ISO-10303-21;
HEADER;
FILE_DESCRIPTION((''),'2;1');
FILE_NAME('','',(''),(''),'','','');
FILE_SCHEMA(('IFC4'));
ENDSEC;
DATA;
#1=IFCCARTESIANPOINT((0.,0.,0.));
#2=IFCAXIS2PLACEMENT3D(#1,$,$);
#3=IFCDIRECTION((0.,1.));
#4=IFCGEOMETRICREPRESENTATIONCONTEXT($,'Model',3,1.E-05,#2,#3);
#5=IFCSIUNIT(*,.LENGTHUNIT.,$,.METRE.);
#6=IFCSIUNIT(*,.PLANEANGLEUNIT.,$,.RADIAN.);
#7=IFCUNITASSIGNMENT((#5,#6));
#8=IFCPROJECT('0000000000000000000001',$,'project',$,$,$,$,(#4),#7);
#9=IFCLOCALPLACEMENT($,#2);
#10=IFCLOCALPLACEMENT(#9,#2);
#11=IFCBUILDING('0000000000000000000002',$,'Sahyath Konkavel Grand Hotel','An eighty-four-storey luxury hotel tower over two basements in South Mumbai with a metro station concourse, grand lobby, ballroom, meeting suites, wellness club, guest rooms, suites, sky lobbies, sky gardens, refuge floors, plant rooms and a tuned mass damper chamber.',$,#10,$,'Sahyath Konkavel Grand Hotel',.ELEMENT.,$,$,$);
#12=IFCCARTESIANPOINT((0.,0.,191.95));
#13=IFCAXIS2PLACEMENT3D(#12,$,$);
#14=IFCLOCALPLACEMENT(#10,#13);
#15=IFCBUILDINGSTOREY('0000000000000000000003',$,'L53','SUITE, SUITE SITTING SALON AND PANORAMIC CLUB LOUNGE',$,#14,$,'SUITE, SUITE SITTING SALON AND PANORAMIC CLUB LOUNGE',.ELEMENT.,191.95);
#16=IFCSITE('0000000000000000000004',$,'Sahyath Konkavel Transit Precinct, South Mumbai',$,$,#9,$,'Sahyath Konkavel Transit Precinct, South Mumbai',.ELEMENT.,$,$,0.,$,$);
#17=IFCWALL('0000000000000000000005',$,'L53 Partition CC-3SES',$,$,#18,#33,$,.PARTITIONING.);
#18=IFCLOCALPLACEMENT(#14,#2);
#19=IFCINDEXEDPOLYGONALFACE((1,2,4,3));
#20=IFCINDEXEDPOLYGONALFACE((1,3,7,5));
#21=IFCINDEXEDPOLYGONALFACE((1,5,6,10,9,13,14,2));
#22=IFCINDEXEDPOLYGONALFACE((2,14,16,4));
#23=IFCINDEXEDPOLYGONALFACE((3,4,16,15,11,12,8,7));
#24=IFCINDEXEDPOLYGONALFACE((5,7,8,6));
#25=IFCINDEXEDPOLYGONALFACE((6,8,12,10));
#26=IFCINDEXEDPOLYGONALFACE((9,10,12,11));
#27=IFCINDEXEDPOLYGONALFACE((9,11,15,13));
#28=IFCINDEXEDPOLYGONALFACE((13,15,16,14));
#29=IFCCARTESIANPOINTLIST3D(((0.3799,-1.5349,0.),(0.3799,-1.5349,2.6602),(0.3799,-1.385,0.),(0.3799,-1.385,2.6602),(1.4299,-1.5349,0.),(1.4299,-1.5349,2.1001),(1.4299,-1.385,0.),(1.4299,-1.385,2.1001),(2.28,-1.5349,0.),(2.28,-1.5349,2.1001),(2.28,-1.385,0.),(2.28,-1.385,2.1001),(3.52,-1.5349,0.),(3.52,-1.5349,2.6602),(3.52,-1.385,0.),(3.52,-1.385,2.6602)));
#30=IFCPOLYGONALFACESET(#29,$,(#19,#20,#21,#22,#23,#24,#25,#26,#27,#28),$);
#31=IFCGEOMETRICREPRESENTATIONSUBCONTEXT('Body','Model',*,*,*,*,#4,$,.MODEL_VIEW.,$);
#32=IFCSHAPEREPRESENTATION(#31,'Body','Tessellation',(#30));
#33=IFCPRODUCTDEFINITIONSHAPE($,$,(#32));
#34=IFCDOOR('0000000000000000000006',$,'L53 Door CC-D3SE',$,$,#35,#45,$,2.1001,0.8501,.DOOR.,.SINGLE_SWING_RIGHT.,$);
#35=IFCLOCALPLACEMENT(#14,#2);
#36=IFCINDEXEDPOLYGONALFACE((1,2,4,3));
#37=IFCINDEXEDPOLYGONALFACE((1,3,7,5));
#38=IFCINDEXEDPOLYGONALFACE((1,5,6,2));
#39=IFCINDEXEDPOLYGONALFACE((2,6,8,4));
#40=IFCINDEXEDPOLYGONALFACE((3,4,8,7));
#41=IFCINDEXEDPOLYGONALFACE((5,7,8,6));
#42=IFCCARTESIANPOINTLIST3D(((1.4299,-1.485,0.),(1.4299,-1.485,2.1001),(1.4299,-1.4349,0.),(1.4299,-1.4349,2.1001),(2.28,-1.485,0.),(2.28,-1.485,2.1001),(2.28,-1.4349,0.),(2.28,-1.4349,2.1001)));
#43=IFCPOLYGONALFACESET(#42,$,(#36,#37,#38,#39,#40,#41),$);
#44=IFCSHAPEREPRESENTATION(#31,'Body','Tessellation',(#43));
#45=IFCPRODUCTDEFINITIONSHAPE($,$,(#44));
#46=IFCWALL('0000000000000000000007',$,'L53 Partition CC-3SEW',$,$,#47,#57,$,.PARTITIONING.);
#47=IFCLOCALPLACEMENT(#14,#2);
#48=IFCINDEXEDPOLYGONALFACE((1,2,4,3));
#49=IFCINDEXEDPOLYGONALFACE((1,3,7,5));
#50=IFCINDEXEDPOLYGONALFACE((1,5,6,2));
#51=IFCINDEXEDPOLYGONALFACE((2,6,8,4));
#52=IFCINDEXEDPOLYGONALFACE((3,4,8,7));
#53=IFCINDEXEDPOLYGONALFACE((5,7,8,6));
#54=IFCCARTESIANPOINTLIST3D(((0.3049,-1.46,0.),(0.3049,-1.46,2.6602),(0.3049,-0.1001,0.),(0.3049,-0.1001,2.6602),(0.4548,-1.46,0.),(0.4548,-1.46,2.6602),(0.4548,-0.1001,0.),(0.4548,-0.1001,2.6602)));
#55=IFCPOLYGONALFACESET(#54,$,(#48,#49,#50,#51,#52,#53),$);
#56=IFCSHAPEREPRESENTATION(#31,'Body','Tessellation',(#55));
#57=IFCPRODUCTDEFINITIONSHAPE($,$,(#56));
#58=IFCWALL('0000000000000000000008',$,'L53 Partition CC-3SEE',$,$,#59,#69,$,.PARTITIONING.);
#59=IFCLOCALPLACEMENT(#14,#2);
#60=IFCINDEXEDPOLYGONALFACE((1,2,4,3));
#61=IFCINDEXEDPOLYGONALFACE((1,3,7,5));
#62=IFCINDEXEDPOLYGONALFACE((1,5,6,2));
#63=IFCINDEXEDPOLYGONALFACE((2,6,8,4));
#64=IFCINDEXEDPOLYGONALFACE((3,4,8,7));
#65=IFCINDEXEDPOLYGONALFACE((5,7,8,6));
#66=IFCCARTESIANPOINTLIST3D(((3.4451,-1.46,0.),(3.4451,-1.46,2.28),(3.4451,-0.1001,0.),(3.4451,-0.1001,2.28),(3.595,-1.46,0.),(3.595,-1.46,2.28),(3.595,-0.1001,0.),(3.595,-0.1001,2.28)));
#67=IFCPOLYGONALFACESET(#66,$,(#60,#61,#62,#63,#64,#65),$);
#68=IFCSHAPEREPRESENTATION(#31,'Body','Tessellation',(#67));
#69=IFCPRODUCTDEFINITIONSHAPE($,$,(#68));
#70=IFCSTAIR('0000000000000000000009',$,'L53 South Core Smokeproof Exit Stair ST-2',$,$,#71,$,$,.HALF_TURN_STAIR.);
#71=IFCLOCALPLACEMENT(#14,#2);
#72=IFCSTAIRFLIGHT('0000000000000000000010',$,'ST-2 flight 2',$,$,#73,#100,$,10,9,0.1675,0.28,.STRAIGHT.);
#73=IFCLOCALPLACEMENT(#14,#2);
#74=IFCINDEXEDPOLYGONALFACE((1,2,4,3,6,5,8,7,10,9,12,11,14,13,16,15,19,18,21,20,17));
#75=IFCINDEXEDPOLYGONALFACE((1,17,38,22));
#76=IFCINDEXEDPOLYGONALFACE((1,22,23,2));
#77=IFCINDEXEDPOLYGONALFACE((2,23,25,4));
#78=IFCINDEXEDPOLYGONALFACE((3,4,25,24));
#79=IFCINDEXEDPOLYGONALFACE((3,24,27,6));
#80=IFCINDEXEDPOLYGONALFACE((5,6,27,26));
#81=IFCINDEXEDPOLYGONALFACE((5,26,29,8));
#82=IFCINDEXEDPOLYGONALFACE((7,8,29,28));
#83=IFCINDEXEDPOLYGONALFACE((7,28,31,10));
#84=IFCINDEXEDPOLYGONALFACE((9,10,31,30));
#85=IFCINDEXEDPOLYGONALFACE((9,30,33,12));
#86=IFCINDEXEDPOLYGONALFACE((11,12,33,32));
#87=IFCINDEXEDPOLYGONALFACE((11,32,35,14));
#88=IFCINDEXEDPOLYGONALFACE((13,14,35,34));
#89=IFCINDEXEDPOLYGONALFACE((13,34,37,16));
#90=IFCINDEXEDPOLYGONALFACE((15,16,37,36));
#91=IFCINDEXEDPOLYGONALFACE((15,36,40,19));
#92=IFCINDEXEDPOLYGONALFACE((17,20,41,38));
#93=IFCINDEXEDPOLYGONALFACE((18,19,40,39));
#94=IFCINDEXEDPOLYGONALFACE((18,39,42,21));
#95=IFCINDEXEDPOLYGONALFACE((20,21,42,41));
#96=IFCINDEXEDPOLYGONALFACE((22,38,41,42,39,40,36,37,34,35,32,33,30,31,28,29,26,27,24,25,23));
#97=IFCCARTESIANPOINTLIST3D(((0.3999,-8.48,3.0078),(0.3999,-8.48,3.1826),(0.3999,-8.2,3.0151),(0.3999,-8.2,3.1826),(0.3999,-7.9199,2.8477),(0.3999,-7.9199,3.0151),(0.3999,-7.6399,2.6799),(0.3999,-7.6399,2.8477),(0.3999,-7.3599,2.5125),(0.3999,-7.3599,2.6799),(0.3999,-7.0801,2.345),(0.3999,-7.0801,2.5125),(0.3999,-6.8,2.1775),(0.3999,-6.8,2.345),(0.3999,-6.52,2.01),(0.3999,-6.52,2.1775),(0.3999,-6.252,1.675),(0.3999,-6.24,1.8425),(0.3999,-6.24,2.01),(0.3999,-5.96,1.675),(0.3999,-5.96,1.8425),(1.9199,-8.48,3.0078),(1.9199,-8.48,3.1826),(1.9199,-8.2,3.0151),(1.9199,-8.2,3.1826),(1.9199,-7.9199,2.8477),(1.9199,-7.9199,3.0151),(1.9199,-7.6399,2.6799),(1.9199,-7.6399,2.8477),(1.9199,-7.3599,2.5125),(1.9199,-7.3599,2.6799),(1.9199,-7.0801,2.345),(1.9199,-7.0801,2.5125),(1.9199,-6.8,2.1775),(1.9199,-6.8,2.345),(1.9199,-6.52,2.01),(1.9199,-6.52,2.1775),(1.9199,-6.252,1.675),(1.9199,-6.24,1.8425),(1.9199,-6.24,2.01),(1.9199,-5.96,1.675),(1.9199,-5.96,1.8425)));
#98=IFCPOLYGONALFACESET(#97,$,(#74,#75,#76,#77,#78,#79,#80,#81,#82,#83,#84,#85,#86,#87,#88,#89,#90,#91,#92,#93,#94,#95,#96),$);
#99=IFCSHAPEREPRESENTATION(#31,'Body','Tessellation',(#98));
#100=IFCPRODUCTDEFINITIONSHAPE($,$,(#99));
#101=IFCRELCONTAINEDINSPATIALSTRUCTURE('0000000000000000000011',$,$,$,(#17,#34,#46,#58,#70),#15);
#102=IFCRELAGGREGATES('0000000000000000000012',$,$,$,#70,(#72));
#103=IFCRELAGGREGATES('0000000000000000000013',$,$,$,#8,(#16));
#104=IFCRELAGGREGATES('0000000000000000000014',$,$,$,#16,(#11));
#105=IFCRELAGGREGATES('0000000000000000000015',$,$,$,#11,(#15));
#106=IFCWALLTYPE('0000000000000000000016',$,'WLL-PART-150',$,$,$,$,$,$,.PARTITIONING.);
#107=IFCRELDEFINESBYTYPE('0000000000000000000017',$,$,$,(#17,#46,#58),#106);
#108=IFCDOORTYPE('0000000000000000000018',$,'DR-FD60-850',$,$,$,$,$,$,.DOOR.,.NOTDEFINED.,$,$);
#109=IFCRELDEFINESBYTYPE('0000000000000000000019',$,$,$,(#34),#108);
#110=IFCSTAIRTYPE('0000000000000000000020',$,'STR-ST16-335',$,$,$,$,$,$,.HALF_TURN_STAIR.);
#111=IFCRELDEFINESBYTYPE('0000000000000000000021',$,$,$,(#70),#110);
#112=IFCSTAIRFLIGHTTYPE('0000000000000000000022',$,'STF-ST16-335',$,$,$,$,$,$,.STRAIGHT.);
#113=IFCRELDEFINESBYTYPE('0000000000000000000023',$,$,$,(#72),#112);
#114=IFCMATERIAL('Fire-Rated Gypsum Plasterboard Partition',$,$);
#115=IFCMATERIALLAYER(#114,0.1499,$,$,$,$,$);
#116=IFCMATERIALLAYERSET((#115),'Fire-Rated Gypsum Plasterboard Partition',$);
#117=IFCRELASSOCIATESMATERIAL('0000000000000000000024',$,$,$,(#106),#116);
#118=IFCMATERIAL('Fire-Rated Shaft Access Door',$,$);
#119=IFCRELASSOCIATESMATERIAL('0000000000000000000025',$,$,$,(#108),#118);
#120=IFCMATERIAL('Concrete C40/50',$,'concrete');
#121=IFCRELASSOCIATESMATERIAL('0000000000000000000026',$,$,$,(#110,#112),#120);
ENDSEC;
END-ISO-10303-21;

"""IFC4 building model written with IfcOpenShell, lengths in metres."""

from ifc_helpers import new_model, si_unit, direction, frame, frame_2d, origin, origin_2d, place, context, subcontext, project, spatial, polyline, rectangle, outline, extrude, source, transform, mapped, material, layer, layer_set, type_object, element, fill, aggregate, save


model = new_model("IFC4")

# Units and contexts
model_context = context("Model", 3, precision=1e-05, world=origin(), true_north=direction((0.0, 1.0)))
body_context = subcontext(model_context, "Body", "Model", "MODEL_VIEW")
ifc_project = project(units=[si_unit("LENGTHUNIT", "METRE"), si_unit("PLANEANGLEUNIT", "RADIAN")], contexts=[model_context])

# Site, building, storey
site_placement = place(None, origin())
site = spatial("IfcSite", under=ifc_project, at=site_placement, Name="Sahyath Konkavel Transit Precinct, South Mumbai", LongName="Sahyath Konkavel Transit Precinct, South Mumbai", CompositionType="ELEMENT", RefElevation=0.0)
building_placement = place(site_placement, origin())
building = spatial("IfcBuilding", under=site, at=building_placement, Name="Sahyath Konkavel Grand Hotel", Description="An eighty-four-storey luxury hotel tower over two basements in South Mumbai with a metro station concourse, grand lobby, ballroom, meeting suites, wellness club, guest rooms, suites, sky lobbies, sky gardens, refuge floors, plant rooms and a tuned mass damper chamber.", LongName="Sahyath Konkavel Grand Hotel", CompositionType="ELEMENT")
storey_placement = place(building_placement, frame((0.0, 0.0, 191.95)))
storey = spatial("IfcBuildingStorey", under=building, at=storey_placement, Name="L53", Description="SUITE, SUITE SITTING SALON AND PANORAMIC CLUB LOUNGE", LongName="SUITE, SUITE SITTING SALON AND PANORAMIC CLUB LOUNGE", CompositionType="ELEMENT", Elevation=191.95)

# Shared definitions
ifc_material_1 = material(Name="Concrete C40/50", Category="concrete")

# Shared definitions
ifc_material_2 = material(Name="Fire-Rated Gypsum Plasterboard Partition")
ifc_layer_1 = layer(ifc_material_2, 0.1499)
ifc_layer_set_1 = layer_set([ifc_layer_1], Name="Fire-Rated Gypsum Plasterboard Partition")
wall_type_1 = type_object("IfcWallType", Name="WLL-PART-150", PredefinedType="PARTITIONING", material=ifc_layer_set_1)

# Wall, opening, door
wall_1_placement = place(storey_placement, frame((0.3799, -1.46, 0.0), z_axis=(0.0, 0.0, 1.0), x_axis=(1.0, 0.0, 0.0)))
wall_1 = element("IfcWall", 1, at=wall_1_placement, inside=storey, type_object=wall_type_1, Name="L53 Partition CC-3SES", PredefinedType="PARTITIONING", context=body_context, shape_type="SweptSolid", body=[
    extrude(rectangle(XDim=3.1401, YDim=0.1499, at=frame_2d((1.5701, 0.0))), origin(), (0.0, 0.0, 1.0), 2.6602),
])
opening_1_placement = place(wall_1_placement, frame((1.05, 0.0, 0.0)))
opening_1 = element("IfcOpeningElement", 2, at=opening_1_placement, cuts=wall_1, PredefinedType="OPENING", context=body_context, shape_type="SweptSolid", body=[
    extrude(rectangle(XDim=0.8501, YDim=2.1001, at=frame_2d((0.425, 1.05))), frame((0.0, 0.085, 0.0), z_axis=(0.0, -1.0, 0.0), x_axis=(1.0, 0.0, 0.0)), (0.0, 0.0, 1.0), 0.1699),
])
ifc_material_3 = material(Name="Fire-Rated Shaft Access Door")
door_type_1 = type_object("IfcDoorType", Name="DR-FD60-850", OperationType="NOTDEFINED", PredefinedType="DOOR", material=ifc_material_3)
shared_shape_1 = source(origin(), body_context, "Body", "SweptSolid", [
    extrude(rectangle(XDim=0.8501, YDim=0.05, at=origin_2d()), origin(), (0.0, 0.0, 1.0), 2.1001),
])
door_1_placement = place(opening_1_placement, frame((0.425, 0.0, 0.0)))
door_1 = element("IfcDoor", 3, at=door_1_placement, inside=storey, type_object=door_type_1, Name="L53 Door CC-D3SE", OperationType="SINGLE_SWING_RIGHT", OverallHeight=2.1001, OverallWidth=0.8501, PredefinedType="DOOR", context=body_context, shape_type="MappedRepresentation", body=[
    mapped(shared_shape_1, transform((0.0, 0.0, 0.0), scale=1.0)),
])
fill(opening_1, door_1)

# Walls
wall_2_placement = place(storey_placement, frame((0.3799, -1.46, 0.0), z_axis=(0.0, 0.0, 1.0), x_axis=(0.0, 1.0, 0.0)))
element("IfcWall", 4, at=wall_2_placement, inside=storey, type_object=wall_type_1, Name="L53 Partition CC-3SEW", PredefinedType="PARTITIONING", context=body_context, shape_type="SweptSolid", body=[
    extrude(rectangle(XDim=1.3599, YDim=0.1499, at=frame_2d((0.6799, 0.0))), origin(), (0.0, 0.0, 1.0), 2.6602),
])
wall_3_placement = place(storey_placement, frame((3.52, -1.46, 0.0), z_axis=(0.0, 0.0, 1.0), x_axis=(0.0, 1.0, 0.0)))
element("IfcWall", 5, at=wall_3_placement, inside=storey, type_object=wall_type_1, Name="L53 Partition CC-3SEE", PredefinedType="PARTITIONING", context=body_context, shape_type="SweptSolid", body=[
    extrude(rectangle(XDim=1.3599, YDim=0.1499, at=frame_2d((0.6799, 0.0))), origin(), (0.0, 0.0, 1.0), 2.28),
])

# Stair, stair flight
stair_type = type_object("IfcStairType", Name="STR-ST16-335", PredefinedType="HALF_TURN_STAIR", material=ifc_material_1)
stair_placement = place(storey_placement, origin())
stair = element("IfcStair", 6, at=stair_placement, inside=storey, type_object=stair_type, Name="L53 South Core Smokeproof Exit Stair ST-2", PredefinedType="HALF_TURN_STAIR")
stair_flight_type = type_object("IfcStairFlightType", Name="STF-ST16-335", PredefinedType="STRAIGHT", material=ifc_material_1)
stair_flight_placement = place(storey_placement, frame((1.1599, -5.96, 1.675), z_axis=(0.0, 0.0, 1.0), x_axis=(0.0, -1.0, 0.0)))
stair_flight = element("IfcStairFlight", 7, at=stair_flight_placement, type_object=stair_flight_type, Name="ST-2 flight 2", NumberOfRisers=10, NumberOfTreads=9, PredefinedType="STRAIGHT", RiserHeight=0.1675, TreadLength=0.28, context=body_context, shape_type="SweptSolid", body=[
    extrude(outline(polyline([(0.0, 0.0), (0.0, 0.1675), (0.28, 0.1675), (0.28, 0.335), (0.5601, 0.335), (0.5601, 0.5024), (0.8401, 0.5024), (0.8401, 0.6699), (1.1201, 0.6699), (1.1201, 0.8374), (1.3999, 0.8374), (1.3999, 1.0049), (1.6799, 1.0049), (1.6799, 1.1726), (1.96, 1.1726), (1.96, 1.3401), (2.24, 1.3401), (2.24, 1.5076), (2.52, 1.5076), (2.52, 1.675), (2.52, 1.3328), (0.292, 0.0), (0.0, 0.0)])), frame((0.0, 0.76, 0.0), z_axis=(0.0, -1.0, 0.0), x_axis=(1.0, 0.0, 0.0)), (0.0, 0.0, 1.0), 1.52),
])
aggregate(stair, [stair_flight])

save(model, "model.ifc")
